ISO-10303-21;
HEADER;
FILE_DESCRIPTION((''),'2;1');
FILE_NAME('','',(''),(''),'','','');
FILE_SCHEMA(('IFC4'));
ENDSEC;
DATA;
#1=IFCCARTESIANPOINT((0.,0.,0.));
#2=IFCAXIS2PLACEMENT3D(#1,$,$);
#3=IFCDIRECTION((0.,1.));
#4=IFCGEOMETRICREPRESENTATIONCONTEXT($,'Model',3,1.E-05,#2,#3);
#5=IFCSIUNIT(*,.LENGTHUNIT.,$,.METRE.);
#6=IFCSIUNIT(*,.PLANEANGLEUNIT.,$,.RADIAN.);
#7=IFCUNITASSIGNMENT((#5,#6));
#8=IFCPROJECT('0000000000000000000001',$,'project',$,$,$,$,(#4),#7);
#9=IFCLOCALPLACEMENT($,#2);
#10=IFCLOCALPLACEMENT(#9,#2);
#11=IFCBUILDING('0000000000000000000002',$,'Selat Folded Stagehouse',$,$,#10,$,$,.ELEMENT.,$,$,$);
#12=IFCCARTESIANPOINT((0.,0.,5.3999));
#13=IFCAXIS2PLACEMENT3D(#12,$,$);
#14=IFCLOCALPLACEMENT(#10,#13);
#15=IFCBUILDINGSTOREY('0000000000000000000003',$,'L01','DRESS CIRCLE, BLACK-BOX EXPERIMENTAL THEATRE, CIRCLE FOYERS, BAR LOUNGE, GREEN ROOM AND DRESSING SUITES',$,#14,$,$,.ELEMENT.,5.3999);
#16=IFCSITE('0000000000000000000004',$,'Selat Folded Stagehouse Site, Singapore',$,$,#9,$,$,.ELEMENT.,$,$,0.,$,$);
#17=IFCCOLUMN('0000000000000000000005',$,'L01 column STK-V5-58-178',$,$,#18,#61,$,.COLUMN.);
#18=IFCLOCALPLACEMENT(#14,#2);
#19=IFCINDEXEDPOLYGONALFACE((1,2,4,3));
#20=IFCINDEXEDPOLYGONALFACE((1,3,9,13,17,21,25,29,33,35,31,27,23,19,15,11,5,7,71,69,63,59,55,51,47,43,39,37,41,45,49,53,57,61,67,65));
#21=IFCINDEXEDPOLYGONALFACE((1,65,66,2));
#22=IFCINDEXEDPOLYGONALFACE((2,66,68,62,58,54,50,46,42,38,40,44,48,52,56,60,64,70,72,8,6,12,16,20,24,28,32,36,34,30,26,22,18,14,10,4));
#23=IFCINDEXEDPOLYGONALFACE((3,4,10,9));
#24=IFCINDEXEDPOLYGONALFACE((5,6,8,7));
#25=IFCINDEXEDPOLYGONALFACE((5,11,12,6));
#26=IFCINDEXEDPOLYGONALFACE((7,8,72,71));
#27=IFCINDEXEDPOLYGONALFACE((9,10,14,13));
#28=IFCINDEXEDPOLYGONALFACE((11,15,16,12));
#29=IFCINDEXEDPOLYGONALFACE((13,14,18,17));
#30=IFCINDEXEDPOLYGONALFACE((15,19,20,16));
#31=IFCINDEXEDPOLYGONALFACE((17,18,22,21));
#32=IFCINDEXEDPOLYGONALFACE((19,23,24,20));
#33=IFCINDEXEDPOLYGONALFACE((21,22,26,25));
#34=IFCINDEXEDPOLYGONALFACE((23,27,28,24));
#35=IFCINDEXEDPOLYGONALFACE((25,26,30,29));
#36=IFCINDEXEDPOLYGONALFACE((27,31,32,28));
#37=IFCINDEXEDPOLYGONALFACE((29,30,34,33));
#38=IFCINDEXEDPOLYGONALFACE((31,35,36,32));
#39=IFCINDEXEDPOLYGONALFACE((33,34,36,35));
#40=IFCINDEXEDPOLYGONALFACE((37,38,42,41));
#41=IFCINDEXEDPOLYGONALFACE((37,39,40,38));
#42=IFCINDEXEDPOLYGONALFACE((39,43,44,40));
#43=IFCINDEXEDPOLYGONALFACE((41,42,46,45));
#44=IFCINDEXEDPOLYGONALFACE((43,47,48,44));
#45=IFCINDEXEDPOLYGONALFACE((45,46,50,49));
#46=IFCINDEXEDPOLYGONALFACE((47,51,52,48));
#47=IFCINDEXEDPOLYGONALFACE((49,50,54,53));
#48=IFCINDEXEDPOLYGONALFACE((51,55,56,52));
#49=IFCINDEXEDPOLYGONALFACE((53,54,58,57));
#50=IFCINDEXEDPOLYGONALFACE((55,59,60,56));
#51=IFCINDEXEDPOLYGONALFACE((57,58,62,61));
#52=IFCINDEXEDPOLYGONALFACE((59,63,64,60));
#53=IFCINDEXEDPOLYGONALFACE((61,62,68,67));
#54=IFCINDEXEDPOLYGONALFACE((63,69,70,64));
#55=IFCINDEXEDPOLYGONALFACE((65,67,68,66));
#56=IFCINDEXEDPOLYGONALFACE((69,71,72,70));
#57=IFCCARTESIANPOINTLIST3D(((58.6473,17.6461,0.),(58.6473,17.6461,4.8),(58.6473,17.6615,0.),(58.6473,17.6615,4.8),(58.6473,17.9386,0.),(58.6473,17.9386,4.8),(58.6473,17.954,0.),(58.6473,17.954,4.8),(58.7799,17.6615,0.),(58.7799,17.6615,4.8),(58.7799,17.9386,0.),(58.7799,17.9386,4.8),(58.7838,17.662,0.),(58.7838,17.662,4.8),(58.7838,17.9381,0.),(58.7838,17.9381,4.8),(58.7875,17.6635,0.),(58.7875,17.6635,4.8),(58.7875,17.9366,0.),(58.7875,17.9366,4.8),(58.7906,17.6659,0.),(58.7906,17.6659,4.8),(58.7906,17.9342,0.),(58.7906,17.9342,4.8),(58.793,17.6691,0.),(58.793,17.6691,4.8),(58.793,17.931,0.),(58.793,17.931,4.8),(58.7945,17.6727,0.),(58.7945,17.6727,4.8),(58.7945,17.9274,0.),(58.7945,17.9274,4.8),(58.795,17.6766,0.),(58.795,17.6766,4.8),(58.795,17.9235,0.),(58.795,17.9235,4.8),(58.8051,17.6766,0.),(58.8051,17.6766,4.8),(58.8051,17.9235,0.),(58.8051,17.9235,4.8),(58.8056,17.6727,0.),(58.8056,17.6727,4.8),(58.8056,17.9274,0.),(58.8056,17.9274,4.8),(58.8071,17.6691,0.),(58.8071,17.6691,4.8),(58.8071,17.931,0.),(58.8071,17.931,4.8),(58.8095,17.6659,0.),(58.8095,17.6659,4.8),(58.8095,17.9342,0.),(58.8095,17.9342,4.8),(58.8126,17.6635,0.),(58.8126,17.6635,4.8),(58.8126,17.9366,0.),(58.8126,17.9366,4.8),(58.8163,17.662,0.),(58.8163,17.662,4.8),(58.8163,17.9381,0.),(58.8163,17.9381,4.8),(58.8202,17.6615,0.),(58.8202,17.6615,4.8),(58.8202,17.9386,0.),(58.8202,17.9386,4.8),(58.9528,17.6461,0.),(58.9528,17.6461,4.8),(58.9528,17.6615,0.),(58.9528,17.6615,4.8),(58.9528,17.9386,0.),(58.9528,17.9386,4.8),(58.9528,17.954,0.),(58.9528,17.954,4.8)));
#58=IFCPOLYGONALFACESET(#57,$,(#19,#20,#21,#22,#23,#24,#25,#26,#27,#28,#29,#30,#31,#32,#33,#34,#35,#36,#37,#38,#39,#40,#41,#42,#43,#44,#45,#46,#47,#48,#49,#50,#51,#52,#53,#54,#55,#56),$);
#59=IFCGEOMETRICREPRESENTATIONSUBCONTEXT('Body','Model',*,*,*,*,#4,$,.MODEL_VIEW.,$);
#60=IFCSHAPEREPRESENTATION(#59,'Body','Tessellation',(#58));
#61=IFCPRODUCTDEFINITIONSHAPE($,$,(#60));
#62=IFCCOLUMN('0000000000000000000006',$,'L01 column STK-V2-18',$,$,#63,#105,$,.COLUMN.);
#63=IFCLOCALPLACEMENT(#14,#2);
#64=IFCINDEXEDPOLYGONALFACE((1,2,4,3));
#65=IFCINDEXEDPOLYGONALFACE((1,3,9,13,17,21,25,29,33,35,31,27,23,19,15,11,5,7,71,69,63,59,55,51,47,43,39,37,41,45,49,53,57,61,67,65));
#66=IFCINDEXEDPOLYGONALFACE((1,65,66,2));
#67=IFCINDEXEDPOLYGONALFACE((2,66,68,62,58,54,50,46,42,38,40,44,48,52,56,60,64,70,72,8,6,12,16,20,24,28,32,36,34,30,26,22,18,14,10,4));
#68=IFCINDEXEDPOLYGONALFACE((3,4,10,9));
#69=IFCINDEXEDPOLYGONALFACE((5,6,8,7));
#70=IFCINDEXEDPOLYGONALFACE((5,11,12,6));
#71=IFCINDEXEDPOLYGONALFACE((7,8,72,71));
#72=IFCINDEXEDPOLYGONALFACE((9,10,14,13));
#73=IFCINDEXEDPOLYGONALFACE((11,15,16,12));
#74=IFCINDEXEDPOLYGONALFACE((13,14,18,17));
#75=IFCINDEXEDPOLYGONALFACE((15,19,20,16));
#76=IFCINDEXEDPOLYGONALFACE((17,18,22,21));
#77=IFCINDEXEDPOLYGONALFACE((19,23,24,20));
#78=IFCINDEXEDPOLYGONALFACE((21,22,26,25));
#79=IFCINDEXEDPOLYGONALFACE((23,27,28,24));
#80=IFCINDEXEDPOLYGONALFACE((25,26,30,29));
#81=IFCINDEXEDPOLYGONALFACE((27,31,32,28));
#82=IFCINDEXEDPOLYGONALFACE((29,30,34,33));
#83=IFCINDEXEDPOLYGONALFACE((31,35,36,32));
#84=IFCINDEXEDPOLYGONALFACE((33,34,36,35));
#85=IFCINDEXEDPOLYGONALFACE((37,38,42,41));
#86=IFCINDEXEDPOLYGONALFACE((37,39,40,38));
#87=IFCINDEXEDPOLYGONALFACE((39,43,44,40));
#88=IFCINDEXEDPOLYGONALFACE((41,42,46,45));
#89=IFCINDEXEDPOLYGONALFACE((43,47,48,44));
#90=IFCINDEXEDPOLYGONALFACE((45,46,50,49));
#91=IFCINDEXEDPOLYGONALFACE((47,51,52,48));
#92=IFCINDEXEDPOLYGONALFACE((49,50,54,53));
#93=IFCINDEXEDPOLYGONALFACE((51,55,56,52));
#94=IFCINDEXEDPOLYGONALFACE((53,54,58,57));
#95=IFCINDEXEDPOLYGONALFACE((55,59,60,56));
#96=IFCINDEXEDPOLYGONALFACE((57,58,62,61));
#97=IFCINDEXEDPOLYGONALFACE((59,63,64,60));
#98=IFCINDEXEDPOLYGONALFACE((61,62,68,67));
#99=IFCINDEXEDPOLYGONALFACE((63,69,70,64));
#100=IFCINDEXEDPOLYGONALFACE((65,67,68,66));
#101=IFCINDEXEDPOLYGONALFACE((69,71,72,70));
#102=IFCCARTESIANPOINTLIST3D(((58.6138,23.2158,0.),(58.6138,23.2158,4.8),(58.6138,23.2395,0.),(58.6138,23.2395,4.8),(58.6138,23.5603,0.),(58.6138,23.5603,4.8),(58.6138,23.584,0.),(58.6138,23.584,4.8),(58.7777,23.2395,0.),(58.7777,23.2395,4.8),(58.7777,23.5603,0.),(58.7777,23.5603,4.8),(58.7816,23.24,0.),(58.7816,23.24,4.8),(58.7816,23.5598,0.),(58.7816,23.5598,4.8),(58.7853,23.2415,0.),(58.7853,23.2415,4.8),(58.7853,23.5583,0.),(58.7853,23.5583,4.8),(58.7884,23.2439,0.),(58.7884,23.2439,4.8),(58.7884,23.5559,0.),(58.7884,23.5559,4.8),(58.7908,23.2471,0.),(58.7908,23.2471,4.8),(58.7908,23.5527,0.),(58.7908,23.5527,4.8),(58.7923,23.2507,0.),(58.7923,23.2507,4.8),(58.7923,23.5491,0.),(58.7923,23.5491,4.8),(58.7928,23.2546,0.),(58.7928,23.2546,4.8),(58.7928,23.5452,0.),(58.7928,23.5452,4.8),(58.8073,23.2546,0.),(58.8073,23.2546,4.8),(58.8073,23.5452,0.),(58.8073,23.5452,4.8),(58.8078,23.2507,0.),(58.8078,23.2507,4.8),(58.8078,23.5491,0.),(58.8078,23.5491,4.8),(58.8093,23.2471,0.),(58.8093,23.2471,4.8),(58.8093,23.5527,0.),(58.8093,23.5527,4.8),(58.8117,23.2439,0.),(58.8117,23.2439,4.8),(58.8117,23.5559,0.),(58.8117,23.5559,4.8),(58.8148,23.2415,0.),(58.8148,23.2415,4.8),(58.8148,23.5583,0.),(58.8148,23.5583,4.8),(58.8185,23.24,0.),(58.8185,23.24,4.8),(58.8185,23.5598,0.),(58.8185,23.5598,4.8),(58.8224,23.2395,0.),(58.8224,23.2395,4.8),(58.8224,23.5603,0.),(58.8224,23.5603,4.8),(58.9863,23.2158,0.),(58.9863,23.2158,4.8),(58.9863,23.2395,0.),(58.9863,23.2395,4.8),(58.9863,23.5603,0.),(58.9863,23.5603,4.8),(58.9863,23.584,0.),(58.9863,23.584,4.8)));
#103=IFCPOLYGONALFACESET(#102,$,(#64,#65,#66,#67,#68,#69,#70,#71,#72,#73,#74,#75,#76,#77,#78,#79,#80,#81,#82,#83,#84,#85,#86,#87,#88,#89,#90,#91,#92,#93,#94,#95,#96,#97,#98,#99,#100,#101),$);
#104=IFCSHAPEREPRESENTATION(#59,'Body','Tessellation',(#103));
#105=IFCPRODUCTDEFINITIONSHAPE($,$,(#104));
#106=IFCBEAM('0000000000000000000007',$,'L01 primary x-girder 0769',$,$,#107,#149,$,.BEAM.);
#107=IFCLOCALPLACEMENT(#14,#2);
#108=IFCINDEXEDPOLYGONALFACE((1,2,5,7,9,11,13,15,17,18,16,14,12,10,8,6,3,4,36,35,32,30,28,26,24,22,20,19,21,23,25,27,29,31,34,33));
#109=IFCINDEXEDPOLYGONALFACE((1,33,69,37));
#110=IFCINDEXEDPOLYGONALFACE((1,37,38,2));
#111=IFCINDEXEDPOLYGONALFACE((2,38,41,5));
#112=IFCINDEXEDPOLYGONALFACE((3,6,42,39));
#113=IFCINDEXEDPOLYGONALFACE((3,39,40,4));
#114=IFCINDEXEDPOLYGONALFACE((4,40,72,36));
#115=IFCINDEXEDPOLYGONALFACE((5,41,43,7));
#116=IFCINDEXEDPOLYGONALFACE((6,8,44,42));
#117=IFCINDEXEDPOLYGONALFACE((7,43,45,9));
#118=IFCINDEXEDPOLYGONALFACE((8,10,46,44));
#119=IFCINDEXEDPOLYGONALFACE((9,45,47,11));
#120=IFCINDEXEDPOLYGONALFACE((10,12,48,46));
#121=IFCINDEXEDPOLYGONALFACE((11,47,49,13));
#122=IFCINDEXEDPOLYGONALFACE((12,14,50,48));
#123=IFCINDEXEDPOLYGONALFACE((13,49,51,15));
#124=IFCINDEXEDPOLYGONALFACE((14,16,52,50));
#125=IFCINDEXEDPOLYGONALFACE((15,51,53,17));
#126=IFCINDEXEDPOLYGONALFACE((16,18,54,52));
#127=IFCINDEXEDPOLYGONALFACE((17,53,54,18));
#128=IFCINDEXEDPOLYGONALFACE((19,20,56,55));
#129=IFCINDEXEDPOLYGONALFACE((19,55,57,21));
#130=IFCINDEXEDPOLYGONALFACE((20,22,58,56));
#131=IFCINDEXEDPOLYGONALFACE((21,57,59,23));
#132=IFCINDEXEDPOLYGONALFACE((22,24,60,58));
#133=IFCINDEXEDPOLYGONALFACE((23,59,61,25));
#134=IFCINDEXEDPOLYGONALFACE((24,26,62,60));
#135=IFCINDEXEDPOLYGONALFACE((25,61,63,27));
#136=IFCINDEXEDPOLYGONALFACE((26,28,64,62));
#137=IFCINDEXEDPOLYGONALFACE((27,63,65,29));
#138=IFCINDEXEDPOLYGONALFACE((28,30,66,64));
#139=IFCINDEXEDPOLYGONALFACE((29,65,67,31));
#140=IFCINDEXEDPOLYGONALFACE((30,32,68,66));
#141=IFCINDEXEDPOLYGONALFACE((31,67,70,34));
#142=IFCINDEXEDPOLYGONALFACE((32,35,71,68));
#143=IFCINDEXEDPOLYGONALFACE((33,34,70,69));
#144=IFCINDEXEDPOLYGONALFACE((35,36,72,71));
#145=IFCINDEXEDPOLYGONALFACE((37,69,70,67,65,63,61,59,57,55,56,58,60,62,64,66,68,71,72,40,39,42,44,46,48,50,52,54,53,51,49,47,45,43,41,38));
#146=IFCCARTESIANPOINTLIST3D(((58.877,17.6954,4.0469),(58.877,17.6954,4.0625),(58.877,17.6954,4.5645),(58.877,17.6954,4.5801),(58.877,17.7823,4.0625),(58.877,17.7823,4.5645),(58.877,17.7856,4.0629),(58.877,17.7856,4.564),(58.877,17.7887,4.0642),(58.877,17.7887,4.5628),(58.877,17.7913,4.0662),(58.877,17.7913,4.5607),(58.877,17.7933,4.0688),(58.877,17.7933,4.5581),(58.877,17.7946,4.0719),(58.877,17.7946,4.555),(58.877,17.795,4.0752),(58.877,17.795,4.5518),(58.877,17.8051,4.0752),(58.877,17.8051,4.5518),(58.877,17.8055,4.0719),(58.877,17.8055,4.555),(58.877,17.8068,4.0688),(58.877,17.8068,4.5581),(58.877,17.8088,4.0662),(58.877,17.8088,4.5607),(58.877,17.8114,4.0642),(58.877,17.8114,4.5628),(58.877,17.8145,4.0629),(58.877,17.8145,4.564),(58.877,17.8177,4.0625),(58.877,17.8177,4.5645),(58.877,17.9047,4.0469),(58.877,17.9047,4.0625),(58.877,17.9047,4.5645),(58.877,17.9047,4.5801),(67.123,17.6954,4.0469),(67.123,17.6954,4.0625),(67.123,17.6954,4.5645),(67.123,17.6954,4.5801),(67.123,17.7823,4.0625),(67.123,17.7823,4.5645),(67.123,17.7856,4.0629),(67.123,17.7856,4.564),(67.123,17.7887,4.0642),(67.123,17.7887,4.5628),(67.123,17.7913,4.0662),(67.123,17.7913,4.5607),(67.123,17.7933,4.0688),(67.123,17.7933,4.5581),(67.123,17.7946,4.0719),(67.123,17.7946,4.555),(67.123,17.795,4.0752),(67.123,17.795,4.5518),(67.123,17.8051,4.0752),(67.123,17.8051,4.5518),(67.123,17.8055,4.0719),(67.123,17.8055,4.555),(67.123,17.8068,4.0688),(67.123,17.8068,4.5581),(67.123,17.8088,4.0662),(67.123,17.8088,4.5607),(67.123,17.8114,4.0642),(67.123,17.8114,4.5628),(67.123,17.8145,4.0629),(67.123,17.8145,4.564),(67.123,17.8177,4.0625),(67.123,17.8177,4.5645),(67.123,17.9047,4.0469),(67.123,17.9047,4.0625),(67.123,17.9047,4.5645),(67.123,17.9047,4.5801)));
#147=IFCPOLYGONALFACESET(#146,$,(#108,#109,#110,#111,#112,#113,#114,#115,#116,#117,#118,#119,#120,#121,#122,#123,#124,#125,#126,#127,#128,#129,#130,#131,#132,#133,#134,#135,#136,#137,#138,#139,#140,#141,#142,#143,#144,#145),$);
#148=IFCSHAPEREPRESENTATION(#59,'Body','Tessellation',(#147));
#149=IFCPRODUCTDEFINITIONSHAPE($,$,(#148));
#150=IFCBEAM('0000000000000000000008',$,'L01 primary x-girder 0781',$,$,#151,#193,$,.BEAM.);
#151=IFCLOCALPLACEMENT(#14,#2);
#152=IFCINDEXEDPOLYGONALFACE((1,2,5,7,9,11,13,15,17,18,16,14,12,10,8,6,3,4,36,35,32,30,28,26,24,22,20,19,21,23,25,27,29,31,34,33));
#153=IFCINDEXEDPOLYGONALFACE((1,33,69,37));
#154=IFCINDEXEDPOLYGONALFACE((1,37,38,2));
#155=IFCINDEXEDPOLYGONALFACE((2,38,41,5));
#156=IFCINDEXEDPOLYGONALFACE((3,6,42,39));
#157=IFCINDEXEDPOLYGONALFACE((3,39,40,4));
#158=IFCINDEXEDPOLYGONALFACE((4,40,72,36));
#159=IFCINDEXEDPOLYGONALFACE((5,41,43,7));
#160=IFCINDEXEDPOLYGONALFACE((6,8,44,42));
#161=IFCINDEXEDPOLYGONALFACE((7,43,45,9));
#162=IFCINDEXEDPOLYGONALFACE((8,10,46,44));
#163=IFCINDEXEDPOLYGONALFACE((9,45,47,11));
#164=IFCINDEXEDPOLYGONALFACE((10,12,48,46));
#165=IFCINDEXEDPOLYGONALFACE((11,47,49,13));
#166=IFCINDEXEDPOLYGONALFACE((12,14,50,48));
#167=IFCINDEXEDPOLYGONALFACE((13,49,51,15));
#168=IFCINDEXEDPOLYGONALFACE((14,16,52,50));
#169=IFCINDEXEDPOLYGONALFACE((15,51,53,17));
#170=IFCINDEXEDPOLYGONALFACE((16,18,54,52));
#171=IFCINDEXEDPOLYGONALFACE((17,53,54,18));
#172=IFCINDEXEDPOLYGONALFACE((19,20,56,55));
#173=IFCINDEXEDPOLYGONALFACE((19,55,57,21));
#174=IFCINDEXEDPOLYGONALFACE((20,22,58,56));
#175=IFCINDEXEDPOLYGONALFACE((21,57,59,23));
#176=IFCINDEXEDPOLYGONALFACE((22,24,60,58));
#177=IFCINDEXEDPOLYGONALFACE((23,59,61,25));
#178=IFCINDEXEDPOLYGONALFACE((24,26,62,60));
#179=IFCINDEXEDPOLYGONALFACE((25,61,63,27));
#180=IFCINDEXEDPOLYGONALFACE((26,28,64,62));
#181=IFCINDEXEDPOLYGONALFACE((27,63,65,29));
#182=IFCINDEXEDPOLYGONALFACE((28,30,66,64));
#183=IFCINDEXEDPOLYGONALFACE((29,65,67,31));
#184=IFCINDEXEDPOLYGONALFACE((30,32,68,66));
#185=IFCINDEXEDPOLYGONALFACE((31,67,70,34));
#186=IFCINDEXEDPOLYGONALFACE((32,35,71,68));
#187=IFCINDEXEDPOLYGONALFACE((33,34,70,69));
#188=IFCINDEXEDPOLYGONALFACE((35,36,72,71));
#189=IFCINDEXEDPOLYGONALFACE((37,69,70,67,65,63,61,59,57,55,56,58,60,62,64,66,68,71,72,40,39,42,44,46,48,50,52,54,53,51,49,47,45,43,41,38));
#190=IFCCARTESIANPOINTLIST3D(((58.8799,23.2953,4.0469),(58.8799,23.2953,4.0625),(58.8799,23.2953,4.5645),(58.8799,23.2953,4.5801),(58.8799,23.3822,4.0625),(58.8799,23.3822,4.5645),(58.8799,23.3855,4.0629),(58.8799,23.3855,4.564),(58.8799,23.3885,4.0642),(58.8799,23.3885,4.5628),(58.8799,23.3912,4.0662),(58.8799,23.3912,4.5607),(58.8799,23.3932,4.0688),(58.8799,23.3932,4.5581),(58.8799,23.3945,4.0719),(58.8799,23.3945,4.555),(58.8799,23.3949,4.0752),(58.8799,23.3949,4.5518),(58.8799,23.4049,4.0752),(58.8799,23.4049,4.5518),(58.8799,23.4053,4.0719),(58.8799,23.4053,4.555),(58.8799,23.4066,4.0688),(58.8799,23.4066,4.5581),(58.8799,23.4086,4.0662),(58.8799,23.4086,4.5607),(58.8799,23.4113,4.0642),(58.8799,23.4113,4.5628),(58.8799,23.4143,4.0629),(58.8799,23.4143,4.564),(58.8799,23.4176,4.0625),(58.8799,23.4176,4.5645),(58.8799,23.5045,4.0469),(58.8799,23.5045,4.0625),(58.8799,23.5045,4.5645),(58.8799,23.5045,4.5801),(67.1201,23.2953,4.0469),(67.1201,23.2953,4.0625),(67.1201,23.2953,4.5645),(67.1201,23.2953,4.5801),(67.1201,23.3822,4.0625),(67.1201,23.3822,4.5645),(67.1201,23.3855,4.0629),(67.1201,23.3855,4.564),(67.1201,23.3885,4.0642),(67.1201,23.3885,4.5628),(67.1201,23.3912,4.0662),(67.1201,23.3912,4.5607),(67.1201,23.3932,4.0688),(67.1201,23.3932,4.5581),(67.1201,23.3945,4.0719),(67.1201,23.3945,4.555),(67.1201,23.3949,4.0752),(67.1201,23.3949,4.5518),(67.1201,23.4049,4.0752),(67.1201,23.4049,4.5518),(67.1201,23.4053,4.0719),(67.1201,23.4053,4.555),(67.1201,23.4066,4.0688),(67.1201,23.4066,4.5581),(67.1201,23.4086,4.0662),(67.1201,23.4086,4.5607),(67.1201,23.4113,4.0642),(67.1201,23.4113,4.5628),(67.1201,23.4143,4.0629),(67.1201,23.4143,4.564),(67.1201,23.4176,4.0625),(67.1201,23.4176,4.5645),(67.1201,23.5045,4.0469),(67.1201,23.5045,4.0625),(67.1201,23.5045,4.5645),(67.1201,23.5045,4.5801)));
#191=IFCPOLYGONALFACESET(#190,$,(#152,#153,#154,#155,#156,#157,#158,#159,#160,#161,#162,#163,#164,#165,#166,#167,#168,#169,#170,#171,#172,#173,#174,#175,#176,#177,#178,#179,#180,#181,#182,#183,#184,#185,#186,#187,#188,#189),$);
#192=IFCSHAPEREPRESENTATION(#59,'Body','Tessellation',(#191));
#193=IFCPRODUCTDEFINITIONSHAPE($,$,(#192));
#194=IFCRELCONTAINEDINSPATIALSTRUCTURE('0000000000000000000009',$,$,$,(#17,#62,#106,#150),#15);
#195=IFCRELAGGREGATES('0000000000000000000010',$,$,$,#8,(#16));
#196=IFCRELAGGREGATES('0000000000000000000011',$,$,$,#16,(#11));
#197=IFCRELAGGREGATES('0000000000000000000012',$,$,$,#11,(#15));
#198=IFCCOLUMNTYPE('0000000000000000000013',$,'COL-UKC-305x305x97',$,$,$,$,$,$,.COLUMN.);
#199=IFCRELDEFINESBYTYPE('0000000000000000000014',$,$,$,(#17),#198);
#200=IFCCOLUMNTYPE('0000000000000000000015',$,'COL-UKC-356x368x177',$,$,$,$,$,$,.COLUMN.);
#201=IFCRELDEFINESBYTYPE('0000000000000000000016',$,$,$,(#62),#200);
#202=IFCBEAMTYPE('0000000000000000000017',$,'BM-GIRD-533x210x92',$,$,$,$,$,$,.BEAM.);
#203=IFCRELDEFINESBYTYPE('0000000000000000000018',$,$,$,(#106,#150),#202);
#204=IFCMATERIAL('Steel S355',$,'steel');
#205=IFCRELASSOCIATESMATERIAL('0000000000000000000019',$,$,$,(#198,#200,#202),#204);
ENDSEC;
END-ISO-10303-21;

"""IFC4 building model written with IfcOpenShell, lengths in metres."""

from ifc_helpers import new_model, si_unit, direction, frame, origin, origin_2d, place, context, subcontext, project, spatial, i_section, extrude, material, material_profile, profile_set, type_object, element, save


model = new_model("IFC4")

# Units and contexts
model_context = context("Model", 3, precision=1e-05, world=origin(), true_north=direction((0.0, 1.0)))
body_context = subcontext(model_context, "Body", "Model", "MODEL_VIEW")
ifc_project = project(units=[si_unit("LENGTHUNIT", "METRE"), si_unit("PLANEANGLEUNIT", "RADIAN")], contexts=[model_context])

# Site, building, storey
site_placement = place(None, origin())
site = spatial("IfcSite", under=ifc_project, at=site_placement, Name="Selat Folded Stagehouse Site, Singapore", CompositionType="ELEMENT", RefElevation=0.0)
building_placement = place(site_placement, origin())
building = spatial("IfcBuilding", under=site, at=building_placement, Name="Selat Folded Stagehouse", CompositionType="ELEMENT")
storey_placement = place(building_placement, frame((0.0, 0.0, 5.3999)))
storey = spatial("IfcBuildingStorey", under=building, at=storey_placement, Name="L01", Description="DRESS CIRCLE, BLACK-BOX EXPERIMENTAL THEATRE, CIRCLE FOYERS, BAR LOUNGE, GREEN ROOM AND DRESSING SUITES", CompositionType="ELEMENT", Elevation=5.3999)

# Columns
ifc_material_1 = material(Name="Steel S355", Category="steel")
ifc_material_profile_1 = material_profile(ifc_material_1, i_section(OverallWidth=0.3054, OverallDepth=0.3079, WebThickness=0.01, FlangeThickness=0.0154, FilletRadius=0.0151, at=origin_2d()), Name="UKC 305x305x97")
ifc_profile_set_1 = profile_set([ifc_material_profile_1], Name="Steel S355")
column_type_1 = type_object("IfcColumnType", Name="COL-UKC-305x305x97", PredefinedType="COLUMN", material=ifc_profile_set_1)
column_1_placement = place(storey_placement, frame((58.8, 17.8, 0.0), z_axis=(0.0, 0.0, 1.0), x_axis=(1.0, 0.0, 0.0)))
element("IfcColumn", 1, at=column_1_placement, inside=storey, type_object=column_type_1, Name="L01 column STK-V5-58-178", PredefinedType="COLUMN", context=body_context, shape_type="SweptSolid", body=[
    extrude(i_section(OverallWidth=0.3054, OverallDepth=0.3079, WebThickness=0.01, FlangeThickness=0.0154, FilletRadius=0.0151, at=origin_2d()), origin(), (0.0, 0.0, 1.0), 4.8),
])
ifc_material_profile_2 = material_profile(ifc_material_1, i_section(OverallWidth=0.3726, OverallDepth=0.3682, WebThickness=0.0144, FlangeThickness=0.0237, FilletRadius=0.0151, at=origin_2d()), Name="UKC 356x368x177")
ifc_profile_set_2 = profile_set([ifc_material_profile_2], Name="Steel S355")
column_type_2 = type_object("IfcColumnType", Name="COL-UKC-356x368x177", PredefinedType="COLUMN", material=ifc_profile_set_2)
column_2_placement = place(storey_placement, frame((58.8, 23.3999, 0.0), z_axis=(0.0, 0.0, 1.0), x_axis=(1.0, 0.0, 0.0)))
element("IfcColumn", 2, at=column_2_placement, inside=storey, type_object=column_type_2, Name="L01 column STK-V2-18", PredefinedType="COLUMN", context=body_context, shape_type="SweptSolid", body=[
    extrude(i_section(OverallWidth=0.3726, OverallDepth=0.3682, WebThickness=0.0144, FlangeThickness=0.0237, FilletRadius=0.0151, at=origin_2d()), origin(), (0.0, 0.0, 1.0), 4.8),
])

# Beams
ifc_material_profile_3 = material_profile(ifc_material_1, i_section(OverallWidth=0.2092, OverallDepth=0.5332, WebThickness=0.01, FlangeThickness=0.0156, FilletRadius=0.0127, at=origin_2d()), Name="UKB 533x210x92")
ifc_profile_set_3 = profile_set([ifc_material_profile_3], Name="Steel S355")
beam_type_1 = type_object("IfcBeamType", Name="BM-GIRD-533x210x92", PredefinedType="BEAM", material=ifc_profile_set_3)
beam_1_placement = place(storey_placement, frame((58.877, 17.8, 4.3135), z_axis=(1.0, 0.0, 0.0), x_axis=(0.0, 1.0, 0.0)))
element("IfcBeam", 3, at=beam_1_placement, inside=storey, type_object=beam_type_1, Name="L01 primary x-girder 0769", PredefinedType="BEAM", context=body_context, shape_type="SweptSolid", body=[
    extrude(i_section(OverallWidth=0.2092, OverallDepth=0.5332, WebThickness=0.01, FlangeThickness=0.0156, FilletRadius=0.0127, at=origin_2d()), origin(), (0.0, 0.0, 1.0), 8.2461),
])
beam_2_placement = place(storey_placement, frame((58.8799, 23.3999, 4.3135), z_axis=(1.0, 0.0, 0.0), x_axis=(0.0, 1.0, 0.0)))
element("IfcBeam", 4, at=beam_2_placement, inside=storey, type_object=beam_type_1, Name="L01 primary x-girder 0781", PredefinedType="BEAM", context=body_context, shape_type="SweptSolid", body=[
    extrude(i_section(OverallWidth=0.2092, OverallDepth=0.5332, WebThickness=0.01, FlangeThickness=0.0156, FilletRadius=0.0127, at=origin_2d()), origin(), (0.0, 0.0, 1.0), 8.2402),
])

save(model, "model.ifc")
